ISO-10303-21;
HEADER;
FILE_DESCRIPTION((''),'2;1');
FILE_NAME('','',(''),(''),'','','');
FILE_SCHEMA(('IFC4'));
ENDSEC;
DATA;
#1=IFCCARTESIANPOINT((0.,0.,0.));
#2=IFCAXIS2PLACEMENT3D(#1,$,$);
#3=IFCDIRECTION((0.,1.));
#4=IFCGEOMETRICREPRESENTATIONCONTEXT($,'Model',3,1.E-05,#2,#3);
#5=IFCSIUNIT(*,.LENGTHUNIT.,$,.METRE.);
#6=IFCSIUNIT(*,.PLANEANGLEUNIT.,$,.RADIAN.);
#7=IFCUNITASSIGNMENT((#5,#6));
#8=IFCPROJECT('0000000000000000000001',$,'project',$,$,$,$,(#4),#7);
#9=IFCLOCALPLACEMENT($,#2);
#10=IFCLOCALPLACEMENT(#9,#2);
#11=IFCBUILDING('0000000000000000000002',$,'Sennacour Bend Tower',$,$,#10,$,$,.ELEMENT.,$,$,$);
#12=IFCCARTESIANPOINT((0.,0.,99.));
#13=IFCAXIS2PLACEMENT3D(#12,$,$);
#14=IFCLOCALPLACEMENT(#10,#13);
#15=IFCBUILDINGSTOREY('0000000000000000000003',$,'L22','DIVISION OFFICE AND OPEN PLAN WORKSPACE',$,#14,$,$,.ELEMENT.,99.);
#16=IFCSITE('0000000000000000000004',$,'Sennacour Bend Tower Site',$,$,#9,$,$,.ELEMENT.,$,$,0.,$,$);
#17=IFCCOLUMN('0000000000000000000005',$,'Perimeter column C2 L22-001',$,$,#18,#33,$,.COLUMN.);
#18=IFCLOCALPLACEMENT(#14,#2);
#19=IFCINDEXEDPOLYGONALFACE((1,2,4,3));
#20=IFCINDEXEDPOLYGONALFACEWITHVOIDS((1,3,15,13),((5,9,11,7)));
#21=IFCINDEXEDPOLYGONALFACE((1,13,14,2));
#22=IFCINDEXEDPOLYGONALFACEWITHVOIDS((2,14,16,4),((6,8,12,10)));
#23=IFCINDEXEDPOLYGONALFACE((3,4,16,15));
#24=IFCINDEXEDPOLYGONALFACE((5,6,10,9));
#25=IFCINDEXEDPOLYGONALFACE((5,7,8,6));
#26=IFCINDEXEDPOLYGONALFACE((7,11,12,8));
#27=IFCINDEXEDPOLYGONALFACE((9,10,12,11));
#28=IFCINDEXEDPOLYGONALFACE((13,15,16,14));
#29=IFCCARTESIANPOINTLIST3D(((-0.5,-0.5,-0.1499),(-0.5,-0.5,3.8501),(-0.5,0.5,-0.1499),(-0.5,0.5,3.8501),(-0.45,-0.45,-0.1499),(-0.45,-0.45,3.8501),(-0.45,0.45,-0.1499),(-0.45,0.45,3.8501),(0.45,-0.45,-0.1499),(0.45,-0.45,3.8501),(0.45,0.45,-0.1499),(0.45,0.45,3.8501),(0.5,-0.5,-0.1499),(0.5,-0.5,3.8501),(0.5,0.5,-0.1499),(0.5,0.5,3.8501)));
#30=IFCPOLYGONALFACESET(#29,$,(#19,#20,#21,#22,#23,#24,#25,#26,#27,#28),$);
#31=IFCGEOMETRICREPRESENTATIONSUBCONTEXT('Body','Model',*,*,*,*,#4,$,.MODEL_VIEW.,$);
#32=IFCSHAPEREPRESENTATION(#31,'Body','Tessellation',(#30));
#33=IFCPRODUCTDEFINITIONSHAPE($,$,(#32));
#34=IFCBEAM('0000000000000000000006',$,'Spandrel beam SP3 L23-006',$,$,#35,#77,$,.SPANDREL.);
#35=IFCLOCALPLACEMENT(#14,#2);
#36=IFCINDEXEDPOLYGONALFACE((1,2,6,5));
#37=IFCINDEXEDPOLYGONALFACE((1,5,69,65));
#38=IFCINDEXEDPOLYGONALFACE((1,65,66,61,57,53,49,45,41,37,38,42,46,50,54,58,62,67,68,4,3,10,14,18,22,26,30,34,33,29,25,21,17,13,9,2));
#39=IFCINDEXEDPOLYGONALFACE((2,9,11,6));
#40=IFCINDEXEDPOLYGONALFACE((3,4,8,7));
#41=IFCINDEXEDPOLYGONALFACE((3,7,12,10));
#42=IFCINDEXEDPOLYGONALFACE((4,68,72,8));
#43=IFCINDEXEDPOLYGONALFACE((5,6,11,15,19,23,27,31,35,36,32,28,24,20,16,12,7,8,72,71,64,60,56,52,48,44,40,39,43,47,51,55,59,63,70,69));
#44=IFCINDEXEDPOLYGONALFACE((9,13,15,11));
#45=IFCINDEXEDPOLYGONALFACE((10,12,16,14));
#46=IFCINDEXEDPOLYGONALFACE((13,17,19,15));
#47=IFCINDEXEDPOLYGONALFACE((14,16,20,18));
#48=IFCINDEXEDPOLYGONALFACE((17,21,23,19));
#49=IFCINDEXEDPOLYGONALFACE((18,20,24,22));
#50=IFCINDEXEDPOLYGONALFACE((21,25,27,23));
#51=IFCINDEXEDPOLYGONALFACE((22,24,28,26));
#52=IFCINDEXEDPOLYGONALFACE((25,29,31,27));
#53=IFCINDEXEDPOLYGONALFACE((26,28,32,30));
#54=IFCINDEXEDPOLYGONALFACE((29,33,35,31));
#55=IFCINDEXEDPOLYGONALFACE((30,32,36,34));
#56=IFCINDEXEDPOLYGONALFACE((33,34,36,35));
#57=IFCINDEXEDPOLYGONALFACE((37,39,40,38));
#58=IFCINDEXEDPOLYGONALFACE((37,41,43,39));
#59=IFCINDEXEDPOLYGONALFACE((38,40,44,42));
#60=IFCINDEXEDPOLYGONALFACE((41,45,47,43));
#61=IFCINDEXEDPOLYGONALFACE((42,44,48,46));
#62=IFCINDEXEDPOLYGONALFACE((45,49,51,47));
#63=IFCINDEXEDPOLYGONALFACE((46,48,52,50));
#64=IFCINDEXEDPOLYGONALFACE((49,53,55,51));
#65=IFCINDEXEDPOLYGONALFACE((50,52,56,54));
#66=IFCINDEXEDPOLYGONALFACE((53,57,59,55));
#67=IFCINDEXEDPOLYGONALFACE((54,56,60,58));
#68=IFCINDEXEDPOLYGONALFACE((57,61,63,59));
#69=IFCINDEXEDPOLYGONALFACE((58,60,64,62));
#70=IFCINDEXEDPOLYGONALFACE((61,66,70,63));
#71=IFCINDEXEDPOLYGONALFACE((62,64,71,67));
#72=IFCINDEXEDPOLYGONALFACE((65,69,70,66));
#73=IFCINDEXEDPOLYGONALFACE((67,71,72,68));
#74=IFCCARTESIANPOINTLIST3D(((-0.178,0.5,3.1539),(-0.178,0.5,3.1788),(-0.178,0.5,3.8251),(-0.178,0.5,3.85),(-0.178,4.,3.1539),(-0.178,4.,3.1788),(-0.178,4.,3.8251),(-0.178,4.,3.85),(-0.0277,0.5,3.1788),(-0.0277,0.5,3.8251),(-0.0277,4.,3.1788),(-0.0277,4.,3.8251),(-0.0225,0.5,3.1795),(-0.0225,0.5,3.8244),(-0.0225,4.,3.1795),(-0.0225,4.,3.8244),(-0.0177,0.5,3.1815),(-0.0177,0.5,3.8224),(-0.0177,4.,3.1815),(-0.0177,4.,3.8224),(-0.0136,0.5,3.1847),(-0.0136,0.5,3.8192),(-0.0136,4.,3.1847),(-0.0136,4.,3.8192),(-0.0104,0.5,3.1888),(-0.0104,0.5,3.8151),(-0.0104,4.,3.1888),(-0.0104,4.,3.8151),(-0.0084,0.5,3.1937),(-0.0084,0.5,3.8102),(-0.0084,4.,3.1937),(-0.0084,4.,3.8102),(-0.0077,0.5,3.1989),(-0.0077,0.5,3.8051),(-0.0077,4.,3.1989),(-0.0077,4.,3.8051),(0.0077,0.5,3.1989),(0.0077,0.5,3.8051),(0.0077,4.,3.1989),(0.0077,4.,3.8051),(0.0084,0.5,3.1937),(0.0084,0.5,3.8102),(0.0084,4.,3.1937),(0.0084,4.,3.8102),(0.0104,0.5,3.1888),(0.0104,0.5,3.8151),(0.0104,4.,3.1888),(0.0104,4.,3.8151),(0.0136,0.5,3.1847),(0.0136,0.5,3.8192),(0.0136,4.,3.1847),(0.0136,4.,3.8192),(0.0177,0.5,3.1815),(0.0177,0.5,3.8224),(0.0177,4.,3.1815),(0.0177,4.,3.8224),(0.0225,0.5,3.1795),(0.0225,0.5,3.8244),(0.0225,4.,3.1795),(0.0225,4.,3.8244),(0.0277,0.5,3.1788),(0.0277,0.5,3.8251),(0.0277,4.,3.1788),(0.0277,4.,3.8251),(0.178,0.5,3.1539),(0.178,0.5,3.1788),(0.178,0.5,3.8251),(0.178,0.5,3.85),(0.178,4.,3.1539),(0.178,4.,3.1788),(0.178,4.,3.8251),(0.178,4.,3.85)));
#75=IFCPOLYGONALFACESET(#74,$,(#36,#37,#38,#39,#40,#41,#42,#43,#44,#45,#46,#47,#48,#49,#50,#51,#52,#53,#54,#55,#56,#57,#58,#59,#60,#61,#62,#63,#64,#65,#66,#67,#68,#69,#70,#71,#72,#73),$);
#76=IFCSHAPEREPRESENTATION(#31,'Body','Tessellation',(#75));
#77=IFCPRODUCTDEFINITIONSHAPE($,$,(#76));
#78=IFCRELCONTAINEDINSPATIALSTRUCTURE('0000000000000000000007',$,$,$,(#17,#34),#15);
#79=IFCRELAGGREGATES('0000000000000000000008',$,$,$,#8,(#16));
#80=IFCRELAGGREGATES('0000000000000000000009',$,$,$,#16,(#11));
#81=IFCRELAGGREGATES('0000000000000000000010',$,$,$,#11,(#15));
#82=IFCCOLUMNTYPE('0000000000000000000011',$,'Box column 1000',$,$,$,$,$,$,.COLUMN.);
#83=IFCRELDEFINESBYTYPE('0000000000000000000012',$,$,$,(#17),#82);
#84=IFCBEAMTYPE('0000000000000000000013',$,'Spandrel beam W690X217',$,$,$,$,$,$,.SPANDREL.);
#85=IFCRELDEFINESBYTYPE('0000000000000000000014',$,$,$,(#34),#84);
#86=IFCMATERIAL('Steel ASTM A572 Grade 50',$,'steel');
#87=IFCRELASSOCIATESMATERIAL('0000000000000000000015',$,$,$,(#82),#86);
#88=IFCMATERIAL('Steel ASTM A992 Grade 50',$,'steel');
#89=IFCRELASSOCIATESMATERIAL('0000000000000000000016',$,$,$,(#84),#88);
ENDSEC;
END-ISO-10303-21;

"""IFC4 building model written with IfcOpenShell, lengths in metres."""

from ifc_helpers import new_model, si_unit, direction, frame, origin, origin_2d, place, context, subcontext, project, spatial, hollow_rectangle, i_section, extrude, material, material_profile, profile_set, type_object, element, save


model = new_model("IFC4")

# Units and contexts
model_context = context("Model", 3, precision=1e-05, world=origin(), true_north=direction((0.0, 1.0)))
body_context = subcontext(model_context, "Body", "Model", "MODEL_VIEW")
ifc_project = project(units=[si_unit("LENGTHUNIT", "METRE"), si_unit("PLANEANGLEUNIT", "RADIAN")], contexts=[model_context])

# Site, building, storey
site_placement = place(None, origin())
site = spatial("IfcSite", under=ifc_project, at=site_placement, Name="Sennacour Bend Tower Site", CompositionType="ELEMENT", RefElevation=0.0)
building_placement = place(site_placement, origin())
building = spatial("IfcBuilding", under=site, at=building_placement, Name="Sennacour Bend Tower", CompositionType="ELEMENT")
storey_placement = place(building_placement, frame((0.0, 0.0, 99.0)))
storey = spatial("IfcBuildingStorey", under=building, at=storey_placement, Name="L22", Description="DIVISION OFFICE AND OPEN PLAN WORKSPACE", CompositionType="ELEMENT", Elevation=99.0)

# Column
ifc_material_1 = material(Name="Steel ASTM A572 Grade 50", Category="steel")
ifc_material_profile_1 = material_profile(ifc_material_1, hollow_rectangle(XDim=1.0, YDim=1.0, WallThickness=0.05, at=origin_2d()), Name="Steel ASTM A572 Grade 50", Category="steel")
ifc_profile_set_1 = profile_set([ifc_material_profile_1], Name="Steel ASTM A572 Grade 50")
column_type = type_object("IfcColumnType", Name="Box column 1000", PredefinedType="COLUMN", material=ifc_profile_set_1)
column_placement = place(storey_placement, frame((0.0, 0.0, -0.1499), z_axis=(0.0, 0.0, 1.0), x_axis=(1.0, 0.0, 0.0)))
element("IfcColumn", 1, at=column_placement, inside=storey, type_object=column_type, Name="Perimeter column C2 L22-001", PredefinedType="COLUMN", context=body_context, shape_type="SweptSolid", body=[
    extrude(hollow_rectangle(XDim=1.0, YDim=1.0, WallThickness=0.05, at=origin_2d()), origin(), (0.0, 0.0, 1.0), 4.0),
])

# Beam
ifc_material_2 = material(Name="Steel ASTM A992 Grade 50", Category="steel")
ifc_material_profile_2 = material_profile(ifc_material_2, i_section(OverallWidth=0.356, OverallDepth=0.696, WebThickness=0.0154, FlangeThickness=0.0249, FilletRadius=0.02, at=origin_2d()), Name="Steel ASTM A992 Grade 50", Category="steel")
ifc_profile_set_2 = profile_set([ifc_material_profile_2], Name="Steel ASTM A992 Grade 50")
beam_type = type_object("IfcBeamType", Name="Spandrel beam W690X217", PredefinedType="SPANDREL", material=ifc_profile_set_2)
beam_placement = place(storey_placement, frame((0.0, 0.5, 3.502), z_axis=(0.0, 1.0, 0.0), x_axis=(-1.0, 0.0, 0.0)))
element("IfcBeam", 2, at=beam_placement, inside=storey, type_object=beam_type, Name="Spandrel beam SP3 L23-006", PredefinedType="SPANDREL", context=body_context, shape_type="SweptSolid", body=[
    extrude(i_section(OverallWidth=0.356, OverallDepth=0.696, WebThickness=0.0154, FlangeThickness=0.0249, FilletRadius=0.02, at=origin_2d()), origin(), (0.0, 0.0, 1.0), 3.5),
])

save(model, "model.ifc")
